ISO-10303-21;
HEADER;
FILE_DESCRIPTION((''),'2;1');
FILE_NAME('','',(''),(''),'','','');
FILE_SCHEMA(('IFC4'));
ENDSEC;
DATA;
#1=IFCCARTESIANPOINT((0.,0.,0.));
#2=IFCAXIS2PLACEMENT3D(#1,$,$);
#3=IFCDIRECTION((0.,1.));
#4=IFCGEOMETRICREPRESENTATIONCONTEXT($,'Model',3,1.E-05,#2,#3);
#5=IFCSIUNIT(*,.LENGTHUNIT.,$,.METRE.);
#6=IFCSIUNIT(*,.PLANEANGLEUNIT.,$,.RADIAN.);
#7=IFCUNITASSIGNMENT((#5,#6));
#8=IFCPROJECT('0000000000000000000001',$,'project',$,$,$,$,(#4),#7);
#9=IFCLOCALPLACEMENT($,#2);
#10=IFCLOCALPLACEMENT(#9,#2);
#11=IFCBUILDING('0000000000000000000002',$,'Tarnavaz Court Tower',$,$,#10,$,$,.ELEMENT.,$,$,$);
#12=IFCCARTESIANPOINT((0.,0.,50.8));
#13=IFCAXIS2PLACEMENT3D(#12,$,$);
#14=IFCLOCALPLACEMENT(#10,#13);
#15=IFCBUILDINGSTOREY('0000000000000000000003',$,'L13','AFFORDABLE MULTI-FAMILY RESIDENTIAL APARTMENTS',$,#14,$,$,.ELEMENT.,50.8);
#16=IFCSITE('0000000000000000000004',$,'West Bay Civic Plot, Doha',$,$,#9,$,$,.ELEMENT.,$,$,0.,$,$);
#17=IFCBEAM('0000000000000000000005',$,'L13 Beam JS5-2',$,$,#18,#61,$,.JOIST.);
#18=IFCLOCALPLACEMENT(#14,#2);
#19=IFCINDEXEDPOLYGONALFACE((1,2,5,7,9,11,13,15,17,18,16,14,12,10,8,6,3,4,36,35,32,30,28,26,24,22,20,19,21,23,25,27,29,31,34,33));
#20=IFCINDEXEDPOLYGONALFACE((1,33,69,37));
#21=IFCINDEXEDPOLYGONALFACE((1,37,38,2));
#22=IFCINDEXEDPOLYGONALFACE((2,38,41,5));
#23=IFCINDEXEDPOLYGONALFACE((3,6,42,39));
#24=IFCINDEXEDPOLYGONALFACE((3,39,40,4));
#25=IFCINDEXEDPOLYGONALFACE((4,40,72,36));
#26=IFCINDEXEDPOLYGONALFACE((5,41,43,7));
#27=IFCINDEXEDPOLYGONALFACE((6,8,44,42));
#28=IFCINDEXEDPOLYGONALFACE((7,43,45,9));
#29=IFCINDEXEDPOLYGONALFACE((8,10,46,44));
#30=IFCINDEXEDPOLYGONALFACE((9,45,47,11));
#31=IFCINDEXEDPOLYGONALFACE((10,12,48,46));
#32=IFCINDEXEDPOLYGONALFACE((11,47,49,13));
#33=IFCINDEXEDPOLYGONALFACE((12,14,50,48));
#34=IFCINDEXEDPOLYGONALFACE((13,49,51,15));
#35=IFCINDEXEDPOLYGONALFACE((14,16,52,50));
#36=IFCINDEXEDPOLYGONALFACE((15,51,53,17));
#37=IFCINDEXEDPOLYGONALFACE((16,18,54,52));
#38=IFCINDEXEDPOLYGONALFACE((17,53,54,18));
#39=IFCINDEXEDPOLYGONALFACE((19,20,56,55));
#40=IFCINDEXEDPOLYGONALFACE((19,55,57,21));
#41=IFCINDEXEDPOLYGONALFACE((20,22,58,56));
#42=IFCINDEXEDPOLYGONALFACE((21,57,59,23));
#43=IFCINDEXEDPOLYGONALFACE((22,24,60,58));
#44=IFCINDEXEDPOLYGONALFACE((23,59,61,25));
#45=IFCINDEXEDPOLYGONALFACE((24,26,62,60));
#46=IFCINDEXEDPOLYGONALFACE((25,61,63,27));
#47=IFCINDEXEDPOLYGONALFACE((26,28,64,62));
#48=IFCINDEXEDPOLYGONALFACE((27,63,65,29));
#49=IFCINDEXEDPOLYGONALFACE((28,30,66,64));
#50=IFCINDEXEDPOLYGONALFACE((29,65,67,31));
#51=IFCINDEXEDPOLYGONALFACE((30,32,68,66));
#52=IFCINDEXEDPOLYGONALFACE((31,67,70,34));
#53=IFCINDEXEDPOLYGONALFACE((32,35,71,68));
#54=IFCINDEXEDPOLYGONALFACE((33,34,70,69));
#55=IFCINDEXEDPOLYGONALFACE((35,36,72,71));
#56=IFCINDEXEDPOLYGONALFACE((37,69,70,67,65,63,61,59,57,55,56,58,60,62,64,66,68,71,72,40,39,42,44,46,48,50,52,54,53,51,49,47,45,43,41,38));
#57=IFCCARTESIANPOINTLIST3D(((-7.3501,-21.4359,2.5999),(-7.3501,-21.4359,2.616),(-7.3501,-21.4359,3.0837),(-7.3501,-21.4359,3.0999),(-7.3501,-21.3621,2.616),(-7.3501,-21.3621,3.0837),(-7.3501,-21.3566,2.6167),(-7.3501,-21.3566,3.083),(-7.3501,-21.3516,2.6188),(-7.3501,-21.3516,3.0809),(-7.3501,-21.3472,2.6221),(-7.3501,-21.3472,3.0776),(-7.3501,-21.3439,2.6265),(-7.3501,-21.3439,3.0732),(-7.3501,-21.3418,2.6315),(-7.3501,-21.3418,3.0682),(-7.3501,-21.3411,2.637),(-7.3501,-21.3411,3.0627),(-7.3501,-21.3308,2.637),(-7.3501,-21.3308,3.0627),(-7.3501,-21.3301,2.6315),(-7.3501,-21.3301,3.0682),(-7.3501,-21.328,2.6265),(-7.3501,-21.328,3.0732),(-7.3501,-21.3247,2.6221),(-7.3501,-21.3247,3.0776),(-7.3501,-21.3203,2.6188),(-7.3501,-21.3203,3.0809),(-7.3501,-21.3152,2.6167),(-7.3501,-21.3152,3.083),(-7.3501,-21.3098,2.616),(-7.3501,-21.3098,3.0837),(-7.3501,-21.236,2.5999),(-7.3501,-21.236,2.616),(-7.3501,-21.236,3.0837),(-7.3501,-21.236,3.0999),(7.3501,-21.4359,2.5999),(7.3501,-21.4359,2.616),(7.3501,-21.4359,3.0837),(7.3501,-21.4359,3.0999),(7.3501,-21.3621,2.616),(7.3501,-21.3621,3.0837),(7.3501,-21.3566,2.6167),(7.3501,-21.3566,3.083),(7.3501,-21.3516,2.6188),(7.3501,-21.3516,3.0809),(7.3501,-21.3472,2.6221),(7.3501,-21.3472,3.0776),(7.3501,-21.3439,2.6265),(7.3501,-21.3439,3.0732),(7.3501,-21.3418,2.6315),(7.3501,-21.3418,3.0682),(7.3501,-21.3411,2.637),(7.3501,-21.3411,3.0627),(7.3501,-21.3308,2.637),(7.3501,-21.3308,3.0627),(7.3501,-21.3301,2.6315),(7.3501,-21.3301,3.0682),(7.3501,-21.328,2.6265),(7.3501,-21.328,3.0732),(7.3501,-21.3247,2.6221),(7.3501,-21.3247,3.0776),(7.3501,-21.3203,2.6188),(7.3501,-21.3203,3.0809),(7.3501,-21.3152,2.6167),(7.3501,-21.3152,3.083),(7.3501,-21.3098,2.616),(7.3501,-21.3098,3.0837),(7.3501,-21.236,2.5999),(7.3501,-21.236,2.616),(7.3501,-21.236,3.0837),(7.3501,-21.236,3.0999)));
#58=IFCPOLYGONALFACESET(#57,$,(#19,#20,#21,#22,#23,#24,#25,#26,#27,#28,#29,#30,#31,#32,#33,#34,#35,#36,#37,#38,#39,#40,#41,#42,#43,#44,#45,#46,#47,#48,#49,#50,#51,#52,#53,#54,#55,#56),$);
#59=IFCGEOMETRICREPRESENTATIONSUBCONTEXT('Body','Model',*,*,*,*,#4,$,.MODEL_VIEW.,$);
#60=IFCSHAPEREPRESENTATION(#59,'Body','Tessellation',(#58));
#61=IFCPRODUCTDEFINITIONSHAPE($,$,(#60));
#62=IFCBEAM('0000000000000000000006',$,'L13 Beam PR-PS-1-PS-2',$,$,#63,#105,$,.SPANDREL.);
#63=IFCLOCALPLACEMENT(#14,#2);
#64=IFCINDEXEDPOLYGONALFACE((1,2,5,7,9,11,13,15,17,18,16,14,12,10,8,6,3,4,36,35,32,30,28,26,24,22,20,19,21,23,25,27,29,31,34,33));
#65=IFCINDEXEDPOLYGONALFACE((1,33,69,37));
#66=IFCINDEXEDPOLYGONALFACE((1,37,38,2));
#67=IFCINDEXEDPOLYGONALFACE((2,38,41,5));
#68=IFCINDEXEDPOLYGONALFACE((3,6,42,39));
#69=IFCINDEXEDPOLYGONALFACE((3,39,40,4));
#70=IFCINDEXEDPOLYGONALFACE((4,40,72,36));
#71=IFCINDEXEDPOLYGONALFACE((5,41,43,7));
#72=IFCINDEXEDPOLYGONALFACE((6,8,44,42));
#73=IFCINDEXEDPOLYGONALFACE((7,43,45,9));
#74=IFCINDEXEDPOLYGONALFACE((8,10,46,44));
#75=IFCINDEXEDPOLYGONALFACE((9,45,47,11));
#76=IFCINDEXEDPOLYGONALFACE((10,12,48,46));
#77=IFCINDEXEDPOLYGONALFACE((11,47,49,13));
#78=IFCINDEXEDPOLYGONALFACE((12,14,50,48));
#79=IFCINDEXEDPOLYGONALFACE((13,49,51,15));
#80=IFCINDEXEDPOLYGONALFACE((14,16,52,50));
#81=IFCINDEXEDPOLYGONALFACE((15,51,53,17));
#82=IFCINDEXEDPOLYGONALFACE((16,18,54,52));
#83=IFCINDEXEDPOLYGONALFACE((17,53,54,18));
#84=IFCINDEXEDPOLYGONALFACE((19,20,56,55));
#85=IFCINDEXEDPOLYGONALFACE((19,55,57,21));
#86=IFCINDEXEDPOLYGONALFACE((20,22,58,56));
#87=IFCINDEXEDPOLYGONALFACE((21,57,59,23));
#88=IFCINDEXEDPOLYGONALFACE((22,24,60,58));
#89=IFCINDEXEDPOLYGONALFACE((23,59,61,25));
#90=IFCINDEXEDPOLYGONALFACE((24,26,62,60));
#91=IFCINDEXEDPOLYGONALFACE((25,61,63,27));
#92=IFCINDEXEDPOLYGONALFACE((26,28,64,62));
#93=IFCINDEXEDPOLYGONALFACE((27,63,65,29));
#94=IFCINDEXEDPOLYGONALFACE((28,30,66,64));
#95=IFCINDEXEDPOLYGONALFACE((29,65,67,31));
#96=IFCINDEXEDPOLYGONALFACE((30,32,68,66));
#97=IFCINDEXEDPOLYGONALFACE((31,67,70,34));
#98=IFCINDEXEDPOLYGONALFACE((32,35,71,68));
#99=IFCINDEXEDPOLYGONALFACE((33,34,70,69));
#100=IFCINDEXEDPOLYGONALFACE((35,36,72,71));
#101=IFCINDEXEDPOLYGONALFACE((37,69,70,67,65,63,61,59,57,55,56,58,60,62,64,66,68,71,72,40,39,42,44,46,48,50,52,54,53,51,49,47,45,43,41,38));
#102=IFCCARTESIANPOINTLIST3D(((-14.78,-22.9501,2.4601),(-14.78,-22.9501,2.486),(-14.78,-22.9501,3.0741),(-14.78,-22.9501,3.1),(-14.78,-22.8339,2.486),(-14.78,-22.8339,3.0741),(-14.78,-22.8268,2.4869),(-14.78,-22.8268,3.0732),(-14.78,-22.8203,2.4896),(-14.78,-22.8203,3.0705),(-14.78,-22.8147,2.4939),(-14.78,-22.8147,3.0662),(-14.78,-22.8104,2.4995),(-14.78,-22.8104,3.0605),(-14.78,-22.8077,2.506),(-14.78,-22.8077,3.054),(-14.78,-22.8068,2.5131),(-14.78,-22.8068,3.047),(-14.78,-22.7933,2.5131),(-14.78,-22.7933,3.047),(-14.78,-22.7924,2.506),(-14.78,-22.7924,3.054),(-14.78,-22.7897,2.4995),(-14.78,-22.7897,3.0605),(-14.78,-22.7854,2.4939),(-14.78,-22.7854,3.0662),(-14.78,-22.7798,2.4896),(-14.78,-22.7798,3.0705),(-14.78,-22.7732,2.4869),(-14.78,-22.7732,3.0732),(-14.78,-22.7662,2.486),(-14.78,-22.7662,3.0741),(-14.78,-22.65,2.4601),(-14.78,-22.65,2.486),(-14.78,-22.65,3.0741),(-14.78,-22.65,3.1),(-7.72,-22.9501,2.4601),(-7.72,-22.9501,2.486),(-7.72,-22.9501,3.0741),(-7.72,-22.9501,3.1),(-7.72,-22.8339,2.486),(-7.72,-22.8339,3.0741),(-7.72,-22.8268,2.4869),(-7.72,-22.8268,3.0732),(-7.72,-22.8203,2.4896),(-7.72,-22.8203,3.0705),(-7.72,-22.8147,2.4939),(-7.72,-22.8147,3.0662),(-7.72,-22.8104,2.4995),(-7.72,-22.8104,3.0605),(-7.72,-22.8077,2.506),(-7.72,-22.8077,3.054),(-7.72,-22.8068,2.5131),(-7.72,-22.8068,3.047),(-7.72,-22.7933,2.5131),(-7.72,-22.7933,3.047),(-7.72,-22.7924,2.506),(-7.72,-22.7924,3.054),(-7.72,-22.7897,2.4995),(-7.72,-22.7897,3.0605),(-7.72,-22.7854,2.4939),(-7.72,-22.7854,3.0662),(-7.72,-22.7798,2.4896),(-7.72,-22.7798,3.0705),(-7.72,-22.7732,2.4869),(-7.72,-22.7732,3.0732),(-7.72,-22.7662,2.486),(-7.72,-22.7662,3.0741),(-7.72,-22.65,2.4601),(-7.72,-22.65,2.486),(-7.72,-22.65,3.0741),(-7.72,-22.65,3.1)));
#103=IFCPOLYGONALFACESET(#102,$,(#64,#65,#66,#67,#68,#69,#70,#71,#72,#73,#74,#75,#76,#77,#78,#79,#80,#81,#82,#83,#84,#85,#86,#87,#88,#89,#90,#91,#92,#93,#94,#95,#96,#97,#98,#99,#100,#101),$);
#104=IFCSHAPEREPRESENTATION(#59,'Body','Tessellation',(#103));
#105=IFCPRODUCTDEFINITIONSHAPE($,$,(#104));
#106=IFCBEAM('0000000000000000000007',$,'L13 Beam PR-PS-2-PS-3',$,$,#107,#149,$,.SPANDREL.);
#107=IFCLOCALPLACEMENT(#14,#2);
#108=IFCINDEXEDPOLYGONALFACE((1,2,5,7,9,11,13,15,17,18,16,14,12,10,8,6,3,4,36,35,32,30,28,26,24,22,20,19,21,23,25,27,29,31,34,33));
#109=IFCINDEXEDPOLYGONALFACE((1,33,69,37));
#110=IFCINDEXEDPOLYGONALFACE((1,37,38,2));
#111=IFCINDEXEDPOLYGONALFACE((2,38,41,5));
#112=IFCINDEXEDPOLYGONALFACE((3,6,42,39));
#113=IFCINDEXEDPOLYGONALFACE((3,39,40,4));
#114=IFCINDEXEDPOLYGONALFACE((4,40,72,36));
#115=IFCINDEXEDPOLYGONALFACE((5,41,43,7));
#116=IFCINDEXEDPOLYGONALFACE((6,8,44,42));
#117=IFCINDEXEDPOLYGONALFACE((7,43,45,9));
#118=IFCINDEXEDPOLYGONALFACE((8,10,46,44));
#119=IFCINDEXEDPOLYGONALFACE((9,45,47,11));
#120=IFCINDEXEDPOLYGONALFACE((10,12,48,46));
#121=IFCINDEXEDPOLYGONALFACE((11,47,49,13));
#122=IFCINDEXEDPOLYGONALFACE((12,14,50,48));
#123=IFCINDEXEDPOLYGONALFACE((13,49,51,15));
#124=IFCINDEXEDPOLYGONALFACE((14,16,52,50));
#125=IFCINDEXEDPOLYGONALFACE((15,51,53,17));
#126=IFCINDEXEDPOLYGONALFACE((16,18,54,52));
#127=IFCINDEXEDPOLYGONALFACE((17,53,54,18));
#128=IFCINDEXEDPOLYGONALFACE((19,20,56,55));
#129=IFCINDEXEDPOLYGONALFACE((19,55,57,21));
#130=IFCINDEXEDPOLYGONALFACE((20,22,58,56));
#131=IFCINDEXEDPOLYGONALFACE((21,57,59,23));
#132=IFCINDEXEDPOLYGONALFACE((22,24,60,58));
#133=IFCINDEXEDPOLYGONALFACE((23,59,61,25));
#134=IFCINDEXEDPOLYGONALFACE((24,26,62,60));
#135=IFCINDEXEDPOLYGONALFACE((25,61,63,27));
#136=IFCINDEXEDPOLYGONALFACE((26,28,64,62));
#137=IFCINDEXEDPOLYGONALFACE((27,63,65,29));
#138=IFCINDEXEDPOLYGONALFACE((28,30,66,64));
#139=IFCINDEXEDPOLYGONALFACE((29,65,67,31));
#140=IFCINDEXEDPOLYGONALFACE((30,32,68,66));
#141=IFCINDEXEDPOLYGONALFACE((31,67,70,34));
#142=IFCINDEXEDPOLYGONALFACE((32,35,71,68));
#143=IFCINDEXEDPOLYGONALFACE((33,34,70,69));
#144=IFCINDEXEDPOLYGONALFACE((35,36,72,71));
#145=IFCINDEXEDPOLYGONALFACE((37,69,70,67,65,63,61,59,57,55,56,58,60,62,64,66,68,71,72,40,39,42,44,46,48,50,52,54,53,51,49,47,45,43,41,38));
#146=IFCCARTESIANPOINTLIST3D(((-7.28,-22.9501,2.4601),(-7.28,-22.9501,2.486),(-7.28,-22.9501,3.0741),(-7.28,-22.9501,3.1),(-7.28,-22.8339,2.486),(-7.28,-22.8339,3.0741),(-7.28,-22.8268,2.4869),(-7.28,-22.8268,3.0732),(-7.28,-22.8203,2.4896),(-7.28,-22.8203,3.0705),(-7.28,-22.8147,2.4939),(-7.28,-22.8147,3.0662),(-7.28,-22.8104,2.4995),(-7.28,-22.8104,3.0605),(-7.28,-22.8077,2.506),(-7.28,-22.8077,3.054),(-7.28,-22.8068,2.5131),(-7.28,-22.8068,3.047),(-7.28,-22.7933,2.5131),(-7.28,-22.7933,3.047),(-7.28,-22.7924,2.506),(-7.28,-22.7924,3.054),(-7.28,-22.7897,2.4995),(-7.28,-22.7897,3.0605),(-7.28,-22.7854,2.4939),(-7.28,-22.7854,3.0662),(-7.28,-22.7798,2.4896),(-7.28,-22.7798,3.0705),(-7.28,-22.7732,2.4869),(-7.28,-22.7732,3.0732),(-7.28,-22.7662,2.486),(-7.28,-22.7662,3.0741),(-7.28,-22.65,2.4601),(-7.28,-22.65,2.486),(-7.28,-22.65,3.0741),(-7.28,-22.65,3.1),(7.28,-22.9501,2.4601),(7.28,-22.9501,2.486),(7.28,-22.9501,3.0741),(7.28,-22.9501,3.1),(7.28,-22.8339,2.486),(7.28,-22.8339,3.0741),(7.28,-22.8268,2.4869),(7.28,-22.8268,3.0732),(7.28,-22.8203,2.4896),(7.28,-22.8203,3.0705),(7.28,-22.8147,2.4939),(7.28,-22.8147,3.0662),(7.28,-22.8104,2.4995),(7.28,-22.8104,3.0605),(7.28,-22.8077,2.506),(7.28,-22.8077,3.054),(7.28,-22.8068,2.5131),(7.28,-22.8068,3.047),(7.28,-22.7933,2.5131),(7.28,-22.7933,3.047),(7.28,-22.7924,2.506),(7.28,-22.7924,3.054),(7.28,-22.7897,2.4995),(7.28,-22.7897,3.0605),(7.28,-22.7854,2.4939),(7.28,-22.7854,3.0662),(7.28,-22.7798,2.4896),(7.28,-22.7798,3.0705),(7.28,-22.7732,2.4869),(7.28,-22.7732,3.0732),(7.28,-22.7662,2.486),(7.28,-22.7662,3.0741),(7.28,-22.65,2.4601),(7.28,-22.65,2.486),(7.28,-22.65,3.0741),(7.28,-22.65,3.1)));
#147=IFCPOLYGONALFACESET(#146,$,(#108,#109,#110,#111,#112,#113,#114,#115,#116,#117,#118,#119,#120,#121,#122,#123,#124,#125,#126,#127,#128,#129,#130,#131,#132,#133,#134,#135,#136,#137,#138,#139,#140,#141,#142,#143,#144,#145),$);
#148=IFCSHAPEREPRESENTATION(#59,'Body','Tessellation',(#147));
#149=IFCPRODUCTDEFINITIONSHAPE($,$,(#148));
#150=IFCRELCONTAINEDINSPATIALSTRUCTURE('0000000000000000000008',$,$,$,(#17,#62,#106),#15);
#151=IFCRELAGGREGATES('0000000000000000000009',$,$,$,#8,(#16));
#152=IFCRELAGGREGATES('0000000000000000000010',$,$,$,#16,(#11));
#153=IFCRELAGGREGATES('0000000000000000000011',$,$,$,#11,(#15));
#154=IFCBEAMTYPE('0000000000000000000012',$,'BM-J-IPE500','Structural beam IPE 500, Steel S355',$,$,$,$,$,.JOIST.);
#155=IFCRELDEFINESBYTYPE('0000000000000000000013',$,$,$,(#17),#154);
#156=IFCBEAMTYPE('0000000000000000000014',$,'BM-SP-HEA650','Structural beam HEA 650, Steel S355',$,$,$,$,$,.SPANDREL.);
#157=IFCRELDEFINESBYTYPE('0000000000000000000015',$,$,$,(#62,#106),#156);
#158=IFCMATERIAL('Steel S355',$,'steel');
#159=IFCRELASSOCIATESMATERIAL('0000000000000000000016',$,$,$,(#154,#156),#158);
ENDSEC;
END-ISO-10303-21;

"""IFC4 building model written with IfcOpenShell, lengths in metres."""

from ifc_helpers import new_model, si_unit, direction, frame, origin, origin_2d, place, context, subcontext, project, spatial, i_section, extrude, material, material_profile, profile_set, type_object, element, save


model = new_model("IFC4")

# Units and contexts
model_context = context("Model", 3, precision=1e-05, world=origin(), true_north=direction((0.0, 1.0)))
body_context = subcontext(model_context, "Body", "Model", "MODEL_VIEW")
ifc_project = project(units=[si_unit("LENGTHUNIT", "METRE"), si_unit("PLANEANGLEUNIT", "RADIAN")], contexts=[model_context])

# Site, building, storey
site_placement = place(None, origin())
site = spatial("IfcSite", under=ifc_project, at=site_placement, Name="West Bay Civic Plot, Doha", CompositionType="ELEMENT", RefElevation=0.0)
building_placement = place(site_placement, origin())
building = spatial("IfcBuilding", under=site, at=building_placement, Name="Tarnavaz Court Tower", CompositionType="ELEMENT")
storey_placement = place(building_placement, frame((0.0, 0.0, 50.8)))
storey = spatial("IfcBuildingStorey", under=building, at=storey_placement, Name="L13", Description="AFFORDABLE MULTI-FAMILY RESIDENTIAL APARTMENTS", CompositionType="ELEMENT", Elevation=50.8)

# Beams
ifc_material_1 = material(Name="Steel S355", Category="steel")
ifc_material_profile_1 = material_profile(ifc_material_1, i_section(OverallWidth=0.2, OverallDepth=0.5, WebThickness=0.0103, FlangeThickness=0.0161, FilletRadius=0.021, at=origin_2d()), Name="IPE 500")
ifc_profile_set_1 = profile_set([ifc_material_profile_1], Name="Steel S355")
beam_type_1 = type_object("IfcBeamType", Name="BM-J-IPE500", Description="Structural beam IPE 500, Steel S355", PredefinedType="JOIST", material=ifc_profile_set_1)
for number, where, z_axis, x_axis, name in (
    (1, (-7.3501, -21.3359, 2.8499), (1.0, 0.0, 0.0), (0.0, 1.0, 0.0), "L13 Beam JS5-2"),
):
    element("IfcBeam", number, at=place(storey_placement, frame(where, z_axis=z_axis, x_axis=x_axis)), inside=storey, type_object=beam_type_1, Name=name, PredefinedType="JOIST", context=body_context, shape_type="SweptSolid", body=[
        extrude(i_section(OverallWidth=0.2, OverallDepth=0.5, WebThickness=0.0103, FlangeThickness=0.0161, FilletRadius=0.021, at=origin_2d()), origin(), (0.0, 0.0, 1.0), 14.7002),
    ])
ifc_material_profile_2 = material_profile(ifc_material_1, i_section(OverallWidth=0.3, OverallDepth=0.6399, WebThickness=0.0134, FlangeThickness=0.0259, FilletRadius=0.0271, at=origin_2d()), Name="HEA 650")
ifc_profile_set_2 = profile_set([ifc_material_profile_2], Name="Steel S355")
beam_type_2 = type_object("IfcBeamType", Name="BM-SP-HEA650", Description="Structural beam HEA 650, Steel S355", PredefinedType="SPANDREL", material=ifc_profile_set_2)
beam_1_placement = place(storey_placement, frame((-14.78, -22.8, 2.78), z_axis=(1.0, 0.0, 0.0), x_axis=(0.0, 1.0, 0.0)))
element("IfcBeam", 2, at=beam_1_placement, inside=storey, type_object=beam_type_2, Name="L13 Beam PR-PS-1-PS-2", PredefinedType="SPANDREL", context=body_context, shape_type="SweptSolid", body=[
    extrude(i_section(OverallWidth=0.3, OverallDepth=0.6399, WebThickness=0.0134, FlangeThickness=0.0259, FilletRadius=0.0271, at=origin_2d()), origin(), (0.0, 0.0, 1.0), 7.0601),
])
beam_2_placement = place(storey_placement, frame((-7.28, -22.8, 2.78), z_axis=(1.0, 0.0, 0.0), x_axis=(0.0, 1.0, 0.0)))
element("IfcBeam", 3, at=beam_2_placement, inside=storey, type_object=beam_type_2, Name="L13 Beam PR-PS-2-PS-3", PredefinedType="SPANDREL", context=body_context, shape_type="SweptSolid", body=[
    extrude(i_section(OverallWidth=0.3, OverallDepth=0.6399, WebThickness=0.0134, FlangeThickness=0.0259, FilletRadius=0.0271, at=origin_2d()), origin(), (0.0, 0.0, 1.0), 14.5601),
])

save(model, "model.ifc")
